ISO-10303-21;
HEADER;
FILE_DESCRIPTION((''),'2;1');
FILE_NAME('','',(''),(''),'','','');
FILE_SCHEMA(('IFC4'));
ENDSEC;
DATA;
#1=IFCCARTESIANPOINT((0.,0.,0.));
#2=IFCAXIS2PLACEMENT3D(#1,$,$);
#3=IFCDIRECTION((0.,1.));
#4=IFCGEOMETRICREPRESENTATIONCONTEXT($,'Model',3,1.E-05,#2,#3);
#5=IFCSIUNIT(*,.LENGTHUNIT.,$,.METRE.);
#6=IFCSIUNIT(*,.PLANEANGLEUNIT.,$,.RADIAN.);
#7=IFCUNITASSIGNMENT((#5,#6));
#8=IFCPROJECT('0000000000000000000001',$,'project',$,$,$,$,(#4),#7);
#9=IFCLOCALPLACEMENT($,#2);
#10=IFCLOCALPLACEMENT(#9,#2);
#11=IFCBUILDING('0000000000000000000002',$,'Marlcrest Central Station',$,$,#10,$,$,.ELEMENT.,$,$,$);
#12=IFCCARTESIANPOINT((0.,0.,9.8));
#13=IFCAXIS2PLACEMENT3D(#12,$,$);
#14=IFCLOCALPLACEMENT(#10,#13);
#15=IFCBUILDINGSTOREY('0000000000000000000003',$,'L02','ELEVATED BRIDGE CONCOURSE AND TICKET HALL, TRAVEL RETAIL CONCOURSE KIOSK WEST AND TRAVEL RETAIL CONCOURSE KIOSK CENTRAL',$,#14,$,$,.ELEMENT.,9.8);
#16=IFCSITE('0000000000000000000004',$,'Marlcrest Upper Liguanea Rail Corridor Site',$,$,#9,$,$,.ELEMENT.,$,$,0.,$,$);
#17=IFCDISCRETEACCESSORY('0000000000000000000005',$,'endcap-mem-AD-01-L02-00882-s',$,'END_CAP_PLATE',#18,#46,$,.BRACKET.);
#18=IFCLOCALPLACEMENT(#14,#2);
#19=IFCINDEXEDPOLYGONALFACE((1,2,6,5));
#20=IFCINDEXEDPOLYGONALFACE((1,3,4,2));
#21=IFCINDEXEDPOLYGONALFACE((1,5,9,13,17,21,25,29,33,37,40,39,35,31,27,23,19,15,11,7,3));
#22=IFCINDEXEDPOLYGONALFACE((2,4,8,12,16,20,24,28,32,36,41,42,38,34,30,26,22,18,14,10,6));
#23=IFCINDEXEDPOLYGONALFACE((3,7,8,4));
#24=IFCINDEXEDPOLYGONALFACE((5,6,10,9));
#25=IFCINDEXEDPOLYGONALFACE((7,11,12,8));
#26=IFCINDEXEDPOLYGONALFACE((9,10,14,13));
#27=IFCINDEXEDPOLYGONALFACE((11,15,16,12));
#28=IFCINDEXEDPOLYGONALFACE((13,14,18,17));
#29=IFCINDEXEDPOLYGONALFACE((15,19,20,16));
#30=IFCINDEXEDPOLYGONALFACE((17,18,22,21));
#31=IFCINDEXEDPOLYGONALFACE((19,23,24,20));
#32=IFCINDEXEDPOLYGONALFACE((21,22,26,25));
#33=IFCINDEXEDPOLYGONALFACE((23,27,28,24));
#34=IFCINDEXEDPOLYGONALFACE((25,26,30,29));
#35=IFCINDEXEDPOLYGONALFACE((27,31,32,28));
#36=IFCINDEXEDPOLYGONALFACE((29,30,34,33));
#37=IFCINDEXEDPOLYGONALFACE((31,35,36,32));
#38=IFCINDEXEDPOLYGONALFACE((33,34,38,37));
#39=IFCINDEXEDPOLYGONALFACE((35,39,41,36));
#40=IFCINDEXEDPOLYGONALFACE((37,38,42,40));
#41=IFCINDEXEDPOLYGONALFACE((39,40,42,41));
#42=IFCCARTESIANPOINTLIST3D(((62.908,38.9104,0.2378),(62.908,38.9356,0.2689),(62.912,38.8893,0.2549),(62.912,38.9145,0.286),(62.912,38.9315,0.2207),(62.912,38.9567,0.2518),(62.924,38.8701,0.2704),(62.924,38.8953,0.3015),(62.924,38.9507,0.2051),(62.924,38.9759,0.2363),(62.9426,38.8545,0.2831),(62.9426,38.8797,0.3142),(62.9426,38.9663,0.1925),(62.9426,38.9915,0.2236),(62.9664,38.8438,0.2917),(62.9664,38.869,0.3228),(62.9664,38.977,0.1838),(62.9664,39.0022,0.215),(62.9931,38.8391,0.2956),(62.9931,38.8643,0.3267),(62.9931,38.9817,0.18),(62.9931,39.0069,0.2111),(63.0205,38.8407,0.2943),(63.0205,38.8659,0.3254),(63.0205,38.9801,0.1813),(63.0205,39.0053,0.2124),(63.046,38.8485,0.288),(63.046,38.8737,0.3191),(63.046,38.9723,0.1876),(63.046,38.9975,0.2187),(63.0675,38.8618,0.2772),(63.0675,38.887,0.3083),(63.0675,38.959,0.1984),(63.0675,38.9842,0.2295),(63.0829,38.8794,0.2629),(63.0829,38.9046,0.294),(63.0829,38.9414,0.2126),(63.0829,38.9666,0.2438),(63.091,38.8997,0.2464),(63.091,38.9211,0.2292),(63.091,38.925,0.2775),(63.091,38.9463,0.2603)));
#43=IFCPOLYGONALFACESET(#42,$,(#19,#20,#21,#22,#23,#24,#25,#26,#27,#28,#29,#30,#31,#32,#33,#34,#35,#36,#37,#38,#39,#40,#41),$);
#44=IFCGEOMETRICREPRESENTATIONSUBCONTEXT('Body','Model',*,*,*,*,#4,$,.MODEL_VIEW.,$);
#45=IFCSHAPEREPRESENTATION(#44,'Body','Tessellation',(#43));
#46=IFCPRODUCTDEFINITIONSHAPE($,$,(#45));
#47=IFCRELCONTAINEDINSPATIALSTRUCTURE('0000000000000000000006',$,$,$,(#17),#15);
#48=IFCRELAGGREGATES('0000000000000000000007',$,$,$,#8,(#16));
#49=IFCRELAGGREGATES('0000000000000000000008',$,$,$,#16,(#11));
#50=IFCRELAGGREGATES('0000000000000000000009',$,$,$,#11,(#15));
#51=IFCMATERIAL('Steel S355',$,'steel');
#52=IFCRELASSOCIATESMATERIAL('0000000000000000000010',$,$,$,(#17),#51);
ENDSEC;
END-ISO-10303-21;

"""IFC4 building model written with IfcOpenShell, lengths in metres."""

from ifc_helpers import new_model, si_unit, direction, frame, origin, origin_2d, place, context, subcontext, project, spatial, circle, extrude, material, element, save


model = new_model("IFC4")

# Units and contexts
model_context = context("Model", 3, precision=1e-05, world=origin(), true_north=direction((0.0, 1.0)))
body_context = subcontext(model_context, "Body", "Model", "MODEL_VIEW")
ifc_project = project(units=[si_unit("LENGTHUNIT", "METRE"), si_unit("PLANEANGLEUNIT", "RADIAN")], contexts=[model_context])

# Site, building, storey
site_placement = place(None, origin())
site = spatial("IfcSite", under=ifc_project, at=site_placement, Name="Marlcrest Upper Liguanea Rail Corridor Site", CompositionType="ELEMENT", RefElevation=0.0)
building_placement = place(site_placement, origin())
building = spatial("IfcBuilding", under=site, at=building_placement, Name="Marlcrest Central Station", CompositionType="ELEMENT")
storey_placement = place(building_placement, frame((0.0, 0.0, 9.8)))
storey = spatial("IfcBuildingStorey", under=building, at=storey_placement, Name="L02", Description="ELEVATED BRIDGE CONCOURSE AND TICKET HALL, TRAVEL RETAIL CONCOURSE KIOSK WEST AND TRAVEL RETAIL CONCOURSE KIOSK CENTRAL", CompositionType="ELEMENT", Elevation=9.8)

# Shared definitions
ifc_material_1 = material(Name="Steel S355", Category="steel")

# Discrete accessory
discrete_accessory_1_placement = place(storey_placement, frame((63.0, 38.9104, 0.2378), z_axis=(0.0, 0.629629, 0.776896), x_axis=(-1.0, 0.0, 0.0)))
element("IfcDiscreteAccessory", 1, at=discrete_accessory_1_placement, inside=storey, material=ifc_material_1, Name="endcap-mem-AD-01-L02-00882-s", ObjectType="END_CAP_PLATE", PredefinedType="BRACKET", context=body_context, shape_type="SweptSolid", body=[
    extrude(circle(Radius=0.092, at=origin_2d()), origin(), (0.0, 0.0, 1.0), 0.04),
])

save(model, "model.ifc")
